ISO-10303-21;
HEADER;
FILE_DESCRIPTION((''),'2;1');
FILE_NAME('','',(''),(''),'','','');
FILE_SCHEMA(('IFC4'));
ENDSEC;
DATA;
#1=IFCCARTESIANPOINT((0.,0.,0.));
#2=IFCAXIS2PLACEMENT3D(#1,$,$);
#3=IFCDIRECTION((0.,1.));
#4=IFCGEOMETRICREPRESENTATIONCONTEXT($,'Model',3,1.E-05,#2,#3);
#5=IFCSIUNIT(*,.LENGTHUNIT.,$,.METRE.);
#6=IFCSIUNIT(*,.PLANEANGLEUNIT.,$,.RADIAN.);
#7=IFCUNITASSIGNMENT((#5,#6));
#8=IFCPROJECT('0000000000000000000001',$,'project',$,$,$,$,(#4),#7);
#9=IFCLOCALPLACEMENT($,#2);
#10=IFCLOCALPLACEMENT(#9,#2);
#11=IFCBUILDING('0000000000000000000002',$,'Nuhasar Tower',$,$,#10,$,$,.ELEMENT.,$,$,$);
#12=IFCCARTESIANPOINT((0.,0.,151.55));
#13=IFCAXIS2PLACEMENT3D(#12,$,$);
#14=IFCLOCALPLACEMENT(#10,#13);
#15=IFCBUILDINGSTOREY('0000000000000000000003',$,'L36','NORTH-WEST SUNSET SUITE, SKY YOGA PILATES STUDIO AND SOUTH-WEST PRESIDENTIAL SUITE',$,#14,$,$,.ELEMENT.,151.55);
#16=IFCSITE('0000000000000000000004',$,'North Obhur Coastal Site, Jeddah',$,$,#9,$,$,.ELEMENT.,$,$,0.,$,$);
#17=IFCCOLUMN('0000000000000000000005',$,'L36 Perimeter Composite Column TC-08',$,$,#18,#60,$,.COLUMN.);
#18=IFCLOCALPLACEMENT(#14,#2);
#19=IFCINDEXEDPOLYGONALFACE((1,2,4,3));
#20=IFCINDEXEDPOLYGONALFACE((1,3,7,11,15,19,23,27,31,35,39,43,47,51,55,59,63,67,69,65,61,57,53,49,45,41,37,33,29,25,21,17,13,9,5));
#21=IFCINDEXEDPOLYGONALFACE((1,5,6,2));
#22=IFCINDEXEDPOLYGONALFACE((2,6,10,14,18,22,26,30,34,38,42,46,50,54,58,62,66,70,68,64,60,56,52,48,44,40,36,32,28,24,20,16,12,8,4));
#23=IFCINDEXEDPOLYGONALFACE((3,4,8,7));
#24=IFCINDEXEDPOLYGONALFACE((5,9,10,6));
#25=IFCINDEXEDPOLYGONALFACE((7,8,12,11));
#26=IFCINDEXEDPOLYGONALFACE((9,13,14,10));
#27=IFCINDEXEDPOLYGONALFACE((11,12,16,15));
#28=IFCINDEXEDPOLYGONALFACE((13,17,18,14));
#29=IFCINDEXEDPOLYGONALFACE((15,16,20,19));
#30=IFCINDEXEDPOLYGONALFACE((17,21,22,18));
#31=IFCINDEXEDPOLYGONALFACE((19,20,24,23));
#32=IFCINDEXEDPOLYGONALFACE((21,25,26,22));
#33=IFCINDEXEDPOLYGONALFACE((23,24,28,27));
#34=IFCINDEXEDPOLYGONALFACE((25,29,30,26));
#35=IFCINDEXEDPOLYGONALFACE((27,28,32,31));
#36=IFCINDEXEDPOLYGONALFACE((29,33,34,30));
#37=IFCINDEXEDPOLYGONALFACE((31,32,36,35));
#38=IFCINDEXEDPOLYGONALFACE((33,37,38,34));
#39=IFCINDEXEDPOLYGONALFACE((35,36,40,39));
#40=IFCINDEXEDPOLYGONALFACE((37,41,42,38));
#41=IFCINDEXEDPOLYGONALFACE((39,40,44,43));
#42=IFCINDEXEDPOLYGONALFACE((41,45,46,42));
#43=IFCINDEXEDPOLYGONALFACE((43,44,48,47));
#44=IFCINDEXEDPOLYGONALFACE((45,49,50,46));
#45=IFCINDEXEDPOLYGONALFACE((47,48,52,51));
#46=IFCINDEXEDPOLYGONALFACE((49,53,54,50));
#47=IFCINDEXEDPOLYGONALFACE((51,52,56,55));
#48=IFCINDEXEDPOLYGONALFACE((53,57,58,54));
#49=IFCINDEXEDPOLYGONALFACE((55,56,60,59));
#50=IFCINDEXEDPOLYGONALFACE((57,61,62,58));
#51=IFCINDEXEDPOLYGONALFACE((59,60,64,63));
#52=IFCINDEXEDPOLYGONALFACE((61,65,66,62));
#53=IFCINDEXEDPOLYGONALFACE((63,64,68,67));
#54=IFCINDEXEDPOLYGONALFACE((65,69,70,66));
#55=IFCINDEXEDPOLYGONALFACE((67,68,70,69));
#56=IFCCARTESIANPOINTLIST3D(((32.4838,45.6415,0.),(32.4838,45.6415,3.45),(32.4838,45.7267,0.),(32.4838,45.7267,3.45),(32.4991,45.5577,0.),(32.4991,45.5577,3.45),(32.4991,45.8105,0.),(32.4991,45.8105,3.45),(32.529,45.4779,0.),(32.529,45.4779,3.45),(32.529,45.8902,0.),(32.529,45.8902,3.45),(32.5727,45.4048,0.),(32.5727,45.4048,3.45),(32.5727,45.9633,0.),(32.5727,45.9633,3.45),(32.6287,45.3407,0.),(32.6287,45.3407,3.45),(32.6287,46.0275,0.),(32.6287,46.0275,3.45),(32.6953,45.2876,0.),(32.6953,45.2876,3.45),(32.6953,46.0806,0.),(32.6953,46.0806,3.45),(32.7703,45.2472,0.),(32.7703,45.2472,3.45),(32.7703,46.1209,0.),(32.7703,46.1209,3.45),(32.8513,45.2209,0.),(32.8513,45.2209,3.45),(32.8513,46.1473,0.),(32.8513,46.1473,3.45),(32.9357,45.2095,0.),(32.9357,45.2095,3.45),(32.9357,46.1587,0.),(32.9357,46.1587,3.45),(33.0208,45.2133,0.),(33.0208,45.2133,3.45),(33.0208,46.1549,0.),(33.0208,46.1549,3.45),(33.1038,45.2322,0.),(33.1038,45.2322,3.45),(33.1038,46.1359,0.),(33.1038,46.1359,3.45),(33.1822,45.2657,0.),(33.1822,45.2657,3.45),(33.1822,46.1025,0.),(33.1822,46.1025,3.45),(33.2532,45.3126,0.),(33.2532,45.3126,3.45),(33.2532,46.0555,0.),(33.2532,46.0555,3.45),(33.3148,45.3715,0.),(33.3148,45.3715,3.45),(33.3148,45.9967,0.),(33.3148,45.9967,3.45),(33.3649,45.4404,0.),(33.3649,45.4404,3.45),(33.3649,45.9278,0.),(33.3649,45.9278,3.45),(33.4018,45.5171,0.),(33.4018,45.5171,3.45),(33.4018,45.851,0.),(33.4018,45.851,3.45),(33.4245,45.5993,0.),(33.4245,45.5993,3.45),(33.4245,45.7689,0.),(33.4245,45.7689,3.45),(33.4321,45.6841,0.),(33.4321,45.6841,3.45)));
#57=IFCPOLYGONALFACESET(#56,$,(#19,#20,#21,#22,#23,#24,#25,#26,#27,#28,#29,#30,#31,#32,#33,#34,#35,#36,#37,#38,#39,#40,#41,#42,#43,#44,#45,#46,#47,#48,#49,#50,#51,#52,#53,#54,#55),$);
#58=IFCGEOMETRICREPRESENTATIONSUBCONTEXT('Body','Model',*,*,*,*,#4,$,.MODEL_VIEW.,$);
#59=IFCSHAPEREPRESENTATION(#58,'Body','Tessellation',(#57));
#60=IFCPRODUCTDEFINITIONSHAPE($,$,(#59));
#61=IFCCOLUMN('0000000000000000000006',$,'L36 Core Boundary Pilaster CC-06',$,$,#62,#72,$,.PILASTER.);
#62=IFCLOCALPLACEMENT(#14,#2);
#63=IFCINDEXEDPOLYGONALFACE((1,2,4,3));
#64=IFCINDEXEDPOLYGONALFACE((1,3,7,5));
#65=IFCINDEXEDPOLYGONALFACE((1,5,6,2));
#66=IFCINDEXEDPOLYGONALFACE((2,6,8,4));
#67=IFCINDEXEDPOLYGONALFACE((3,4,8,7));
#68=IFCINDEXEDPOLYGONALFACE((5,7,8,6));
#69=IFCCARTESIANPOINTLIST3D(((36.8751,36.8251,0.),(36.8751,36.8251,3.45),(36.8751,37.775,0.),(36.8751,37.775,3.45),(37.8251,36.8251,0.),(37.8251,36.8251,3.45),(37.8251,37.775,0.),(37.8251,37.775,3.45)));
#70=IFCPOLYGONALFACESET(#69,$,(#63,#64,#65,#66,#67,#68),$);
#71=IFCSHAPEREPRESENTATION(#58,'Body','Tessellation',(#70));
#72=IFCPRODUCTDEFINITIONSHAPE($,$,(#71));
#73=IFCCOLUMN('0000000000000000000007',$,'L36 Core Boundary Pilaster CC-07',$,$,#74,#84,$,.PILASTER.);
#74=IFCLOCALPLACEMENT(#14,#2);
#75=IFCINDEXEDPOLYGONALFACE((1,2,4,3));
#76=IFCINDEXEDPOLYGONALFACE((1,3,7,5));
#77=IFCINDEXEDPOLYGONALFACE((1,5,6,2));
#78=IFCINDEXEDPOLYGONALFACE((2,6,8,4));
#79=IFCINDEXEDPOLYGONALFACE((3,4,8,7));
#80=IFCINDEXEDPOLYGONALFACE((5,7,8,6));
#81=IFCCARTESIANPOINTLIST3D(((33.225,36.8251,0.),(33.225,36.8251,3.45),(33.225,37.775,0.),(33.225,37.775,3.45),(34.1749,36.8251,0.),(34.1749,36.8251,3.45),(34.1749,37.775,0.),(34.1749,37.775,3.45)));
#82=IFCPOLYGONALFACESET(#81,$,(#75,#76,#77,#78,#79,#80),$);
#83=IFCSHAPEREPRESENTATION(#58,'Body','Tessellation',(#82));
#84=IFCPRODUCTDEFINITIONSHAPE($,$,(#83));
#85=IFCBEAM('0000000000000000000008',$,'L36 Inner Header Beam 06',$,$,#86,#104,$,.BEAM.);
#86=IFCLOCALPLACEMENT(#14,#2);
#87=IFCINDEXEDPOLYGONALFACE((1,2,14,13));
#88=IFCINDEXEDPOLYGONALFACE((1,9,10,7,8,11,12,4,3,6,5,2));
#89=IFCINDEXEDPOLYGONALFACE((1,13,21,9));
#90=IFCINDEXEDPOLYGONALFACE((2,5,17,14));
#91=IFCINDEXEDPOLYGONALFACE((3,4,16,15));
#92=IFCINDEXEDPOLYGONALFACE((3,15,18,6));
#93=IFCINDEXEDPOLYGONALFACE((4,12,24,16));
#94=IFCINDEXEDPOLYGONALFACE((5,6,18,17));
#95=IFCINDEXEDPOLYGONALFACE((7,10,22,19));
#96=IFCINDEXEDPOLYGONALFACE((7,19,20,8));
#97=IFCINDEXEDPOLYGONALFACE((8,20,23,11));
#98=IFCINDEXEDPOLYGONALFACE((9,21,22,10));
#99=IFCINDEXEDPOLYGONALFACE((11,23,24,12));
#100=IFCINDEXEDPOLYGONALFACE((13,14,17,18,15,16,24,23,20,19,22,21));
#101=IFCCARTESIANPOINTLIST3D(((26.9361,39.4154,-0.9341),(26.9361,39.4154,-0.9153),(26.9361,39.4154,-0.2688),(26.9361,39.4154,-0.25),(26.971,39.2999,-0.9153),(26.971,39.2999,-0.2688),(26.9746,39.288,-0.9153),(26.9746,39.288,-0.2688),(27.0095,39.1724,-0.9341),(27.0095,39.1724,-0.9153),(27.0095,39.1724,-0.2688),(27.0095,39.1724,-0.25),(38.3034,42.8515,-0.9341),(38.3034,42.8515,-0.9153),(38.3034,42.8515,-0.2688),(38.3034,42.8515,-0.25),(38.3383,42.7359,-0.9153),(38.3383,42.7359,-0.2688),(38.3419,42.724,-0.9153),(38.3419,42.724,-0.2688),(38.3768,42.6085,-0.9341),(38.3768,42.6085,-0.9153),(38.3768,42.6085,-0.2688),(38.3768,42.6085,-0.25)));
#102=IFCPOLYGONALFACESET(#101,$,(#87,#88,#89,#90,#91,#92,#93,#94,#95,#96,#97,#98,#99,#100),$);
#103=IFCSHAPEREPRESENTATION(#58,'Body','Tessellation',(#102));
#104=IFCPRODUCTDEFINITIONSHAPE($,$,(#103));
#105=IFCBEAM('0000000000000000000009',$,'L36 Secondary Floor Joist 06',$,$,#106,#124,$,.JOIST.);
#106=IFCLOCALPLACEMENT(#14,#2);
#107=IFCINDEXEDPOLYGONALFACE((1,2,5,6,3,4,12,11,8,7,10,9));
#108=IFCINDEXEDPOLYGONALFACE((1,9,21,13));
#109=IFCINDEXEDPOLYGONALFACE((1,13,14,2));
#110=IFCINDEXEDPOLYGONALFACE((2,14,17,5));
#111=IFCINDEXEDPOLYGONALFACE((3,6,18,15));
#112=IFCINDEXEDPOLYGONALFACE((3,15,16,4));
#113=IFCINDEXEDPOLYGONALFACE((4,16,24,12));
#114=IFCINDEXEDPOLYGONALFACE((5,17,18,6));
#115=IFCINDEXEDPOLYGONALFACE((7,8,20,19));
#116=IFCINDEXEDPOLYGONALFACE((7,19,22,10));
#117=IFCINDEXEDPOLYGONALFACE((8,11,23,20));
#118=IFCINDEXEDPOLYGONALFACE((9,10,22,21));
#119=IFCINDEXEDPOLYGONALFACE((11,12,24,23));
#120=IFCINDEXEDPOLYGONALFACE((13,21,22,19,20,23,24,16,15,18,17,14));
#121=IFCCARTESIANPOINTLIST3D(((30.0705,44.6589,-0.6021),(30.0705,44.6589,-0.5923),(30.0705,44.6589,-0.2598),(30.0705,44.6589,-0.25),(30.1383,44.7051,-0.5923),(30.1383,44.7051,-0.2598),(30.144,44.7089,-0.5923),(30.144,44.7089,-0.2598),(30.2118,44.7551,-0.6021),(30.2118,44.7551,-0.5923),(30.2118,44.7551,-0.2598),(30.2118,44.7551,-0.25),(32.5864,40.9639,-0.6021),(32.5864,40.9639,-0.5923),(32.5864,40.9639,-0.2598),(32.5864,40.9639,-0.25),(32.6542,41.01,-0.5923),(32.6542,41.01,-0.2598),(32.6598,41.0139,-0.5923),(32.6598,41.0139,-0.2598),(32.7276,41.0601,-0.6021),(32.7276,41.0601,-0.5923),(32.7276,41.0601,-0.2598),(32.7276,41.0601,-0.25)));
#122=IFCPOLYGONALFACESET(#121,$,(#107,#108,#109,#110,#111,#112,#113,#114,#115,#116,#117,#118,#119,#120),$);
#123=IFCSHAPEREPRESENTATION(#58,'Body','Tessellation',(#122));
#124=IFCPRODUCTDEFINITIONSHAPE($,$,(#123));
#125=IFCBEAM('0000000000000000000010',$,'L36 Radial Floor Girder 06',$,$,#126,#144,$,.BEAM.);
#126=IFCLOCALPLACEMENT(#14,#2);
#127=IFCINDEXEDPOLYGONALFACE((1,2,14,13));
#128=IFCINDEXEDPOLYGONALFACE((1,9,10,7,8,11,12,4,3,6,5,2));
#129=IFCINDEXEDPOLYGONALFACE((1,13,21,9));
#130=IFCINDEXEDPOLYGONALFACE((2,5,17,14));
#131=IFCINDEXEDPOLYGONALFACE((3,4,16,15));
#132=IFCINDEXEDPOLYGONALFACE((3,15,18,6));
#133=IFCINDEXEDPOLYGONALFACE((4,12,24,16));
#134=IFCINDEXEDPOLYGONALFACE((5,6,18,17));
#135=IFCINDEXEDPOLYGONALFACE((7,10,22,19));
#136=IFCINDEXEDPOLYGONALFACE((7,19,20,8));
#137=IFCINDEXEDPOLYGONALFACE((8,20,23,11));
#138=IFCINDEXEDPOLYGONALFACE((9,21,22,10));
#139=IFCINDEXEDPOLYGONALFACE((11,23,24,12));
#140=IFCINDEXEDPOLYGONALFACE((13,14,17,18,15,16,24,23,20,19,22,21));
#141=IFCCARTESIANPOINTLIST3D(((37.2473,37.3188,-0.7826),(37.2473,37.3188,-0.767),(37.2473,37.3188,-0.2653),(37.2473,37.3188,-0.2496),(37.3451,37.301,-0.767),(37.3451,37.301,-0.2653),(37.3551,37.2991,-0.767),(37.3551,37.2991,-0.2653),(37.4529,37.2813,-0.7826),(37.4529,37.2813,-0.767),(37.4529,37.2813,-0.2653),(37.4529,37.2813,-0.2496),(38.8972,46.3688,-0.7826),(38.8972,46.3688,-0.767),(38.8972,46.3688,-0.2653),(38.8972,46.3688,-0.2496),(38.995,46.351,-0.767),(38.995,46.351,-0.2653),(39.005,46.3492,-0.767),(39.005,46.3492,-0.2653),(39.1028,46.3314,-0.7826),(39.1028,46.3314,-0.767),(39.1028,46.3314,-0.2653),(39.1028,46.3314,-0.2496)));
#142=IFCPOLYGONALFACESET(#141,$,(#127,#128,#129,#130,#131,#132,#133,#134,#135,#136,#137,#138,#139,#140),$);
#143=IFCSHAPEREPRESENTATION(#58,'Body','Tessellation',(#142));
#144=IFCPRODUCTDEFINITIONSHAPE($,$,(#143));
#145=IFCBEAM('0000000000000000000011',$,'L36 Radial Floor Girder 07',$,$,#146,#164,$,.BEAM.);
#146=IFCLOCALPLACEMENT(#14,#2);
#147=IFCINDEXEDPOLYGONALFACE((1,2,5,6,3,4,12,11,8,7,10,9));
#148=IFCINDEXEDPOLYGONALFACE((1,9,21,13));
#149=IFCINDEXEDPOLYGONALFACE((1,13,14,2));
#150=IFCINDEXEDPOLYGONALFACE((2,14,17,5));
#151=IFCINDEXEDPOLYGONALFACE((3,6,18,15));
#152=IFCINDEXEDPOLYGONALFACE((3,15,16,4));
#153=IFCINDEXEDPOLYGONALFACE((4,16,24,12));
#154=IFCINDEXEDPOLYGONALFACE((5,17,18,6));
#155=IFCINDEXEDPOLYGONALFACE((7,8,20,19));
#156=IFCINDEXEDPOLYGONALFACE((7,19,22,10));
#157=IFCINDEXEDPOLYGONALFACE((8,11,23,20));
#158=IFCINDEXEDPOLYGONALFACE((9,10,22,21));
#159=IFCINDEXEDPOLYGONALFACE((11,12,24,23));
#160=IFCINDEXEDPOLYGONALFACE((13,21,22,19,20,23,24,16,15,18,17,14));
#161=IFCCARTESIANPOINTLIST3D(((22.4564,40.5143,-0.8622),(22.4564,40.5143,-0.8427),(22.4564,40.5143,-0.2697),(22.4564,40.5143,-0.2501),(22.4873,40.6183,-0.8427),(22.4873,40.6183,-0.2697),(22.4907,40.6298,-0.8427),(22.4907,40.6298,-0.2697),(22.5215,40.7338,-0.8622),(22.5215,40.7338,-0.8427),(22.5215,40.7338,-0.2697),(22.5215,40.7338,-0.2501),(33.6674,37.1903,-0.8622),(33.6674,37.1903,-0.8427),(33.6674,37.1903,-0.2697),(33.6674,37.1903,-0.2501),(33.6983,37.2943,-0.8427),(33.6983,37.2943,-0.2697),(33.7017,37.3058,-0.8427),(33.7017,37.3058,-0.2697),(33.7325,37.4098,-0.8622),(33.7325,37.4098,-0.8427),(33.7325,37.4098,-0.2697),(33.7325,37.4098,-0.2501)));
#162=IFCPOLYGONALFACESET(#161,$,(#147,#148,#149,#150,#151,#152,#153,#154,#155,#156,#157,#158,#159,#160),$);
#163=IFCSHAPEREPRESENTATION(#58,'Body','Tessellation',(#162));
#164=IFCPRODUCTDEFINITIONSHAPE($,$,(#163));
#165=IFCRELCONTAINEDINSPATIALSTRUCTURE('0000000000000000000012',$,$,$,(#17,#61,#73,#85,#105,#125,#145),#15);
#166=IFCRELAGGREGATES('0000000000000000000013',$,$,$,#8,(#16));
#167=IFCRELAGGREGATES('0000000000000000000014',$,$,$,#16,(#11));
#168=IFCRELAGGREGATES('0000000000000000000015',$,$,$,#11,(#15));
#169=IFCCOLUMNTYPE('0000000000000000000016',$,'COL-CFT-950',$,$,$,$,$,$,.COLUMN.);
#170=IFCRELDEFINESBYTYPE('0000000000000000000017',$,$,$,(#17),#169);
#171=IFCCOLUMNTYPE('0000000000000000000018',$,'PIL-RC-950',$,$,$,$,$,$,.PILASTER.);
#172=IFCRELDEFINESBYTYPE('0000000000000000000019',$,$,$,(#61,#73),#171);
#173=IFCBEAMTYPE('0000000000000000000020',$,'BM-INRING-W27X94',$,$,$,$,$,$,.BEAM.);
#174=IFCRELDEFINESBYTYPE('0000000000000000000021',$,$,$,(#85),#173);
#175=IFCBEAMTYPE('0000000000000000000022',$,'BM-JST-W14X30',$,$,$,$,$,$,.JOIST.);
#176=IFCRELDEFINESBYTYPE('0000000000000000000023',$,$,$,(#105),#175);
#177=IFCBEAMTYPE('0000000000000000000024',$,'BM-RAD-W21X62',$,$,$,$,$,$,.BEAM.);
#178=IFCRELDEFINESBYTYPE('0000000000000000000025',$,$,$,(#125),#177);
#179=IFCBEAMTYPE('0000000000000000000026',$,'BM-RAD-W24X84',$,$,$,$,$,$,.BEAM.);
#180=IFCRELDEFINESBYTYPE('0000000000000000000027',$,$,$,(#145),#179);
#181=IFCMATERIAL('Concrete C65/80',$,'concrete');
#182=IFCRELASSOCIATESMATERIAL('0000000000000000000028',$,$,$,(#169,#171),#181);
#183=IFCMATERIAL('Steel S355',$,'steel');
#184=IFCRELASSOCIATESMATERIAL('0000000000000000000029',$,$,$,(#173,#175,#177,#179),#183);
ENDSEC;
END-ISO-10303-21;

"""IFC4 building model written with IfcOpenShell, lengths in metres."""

from ifc_helpers import new_model, si_unit, direction, frame, origin, origin_2d, place, context, subcontext, project, spatial, rectangle, circle, i_section, extrude, material, material_profile, profile_set, type_object, element, save


model = new_model("IFC4")

# Units and contexts
model_context = context("Model", 3, precision=1e-05, world=origin(), true_north=direction((0.0, 1.0)))
body_context = subcontext(model_context, "Body", "Model", "MODEL_VIEW")
ifc_project = project(units=[si_unit("LENGTHUNIT", "METRE"), si_unit("PLANEANGLEUNIT", "RADIAN")], contexts=[model_context])

# Site, building, storey
site_placement = place(None, origin())
site = spatial("IfcSite", under=ifc_project, at=site_placement, Name="North Obhur Coastal Site, Jeddah", CompositionType="ELEMENT", RefElevation=0.0)
building_placement = place(site_placement, origin())
building = spatial("IfcBuilding", under=site, at=building_placement, Name="Nuhasar Tower", CompositionType="ELEMENT")
storey_placement = place(building_placement, frame((0.0, 0.0, 151.55)))
storey = spatial("IfcBuildingStorey", under=building, at=storey_placement, Name="L36", Description="NORTH-WEST SUNSET SUITE, SKY YOGA PILATES STUDIO AND SOUTH-WEST PRESIDENTIAL SUITE", CompositionType="ELEMENT", Elevation=151.55)

# Columns
ifc_material_1 = material(Name="Concrete C65/80", Category="concrete")
ifc_material_profile_1 = material_profile(ifc_material_1, circle(Radius=0.4751, at=origin_2d()), Name="CFT950")
ifc_profile_set_1 = profile_set([ifc_material_profile_1], Name="Concrete C65/80")
column_type_1 = type_object("IfcColumnType", Name="COL-CFT-950", PredefinedType="COLUMN", material=ifc_profile_set_1)
column_placement = place(storey_placement, frame((32.957, 45.6841, 0.0), z_axis=(0.0, 0.0, 1.0), x_axis=(1.0, 0.0, 0.0)))
element("IfcColumn", 1, at=column_placement, inside=storey, type_object=column_type_1, Name="L36 Perimeter Composite Column TC-08", PredefinedType="COLUMN", context=body_context, shape_type="SweptSolid", body=[
    extrude(circle(Radius=0.4751, at=origin_2d()), origin(), (0.0, 0.0, 1.0), 3.45),
])
ifc_material_profile_2 = material_profile(ifc_material_1, rectangle(XDim=0.95, YDim=0.95, at=origin_2d()), Name="RC950X950")
ifc_profile_set_2 = profile_set([ifc_material_profile_2], Name="Concrete C65/80")
column_type_2 = type_object("IfcColumnType", Name="PIL-RC-950", PredefinedType="PILASTER", material=ifc_profile_set_2)
for number, where, z_axis, x_axis, name in (
    (2, (37.3501, 37.3, 0.0), (0.0, 0.0, 1.0), (1.0, 0.0, 0.0), "L36 Core Boundary Pilaster CC-06"),
    (3, (33.7, 37.3, 0.0), (0.0, 0.0, 1.0), (1.0, 0.0, 0.0), "L36 Core Boundary Pilaster CC-07"),
):
    element("IfcColumn", number, at=place(storey_placement, frame(where, z_axis=z_axis, x_axis=x_axis)), inside=storey, type_object=column_type_2, Name=name, PredefinedType="PILASTER", context=body_context, shape_type="SweptSolid", body=[
        extrude(rectangle(XDim=0.95, YDim=0.95, at=origin_2d()), origin(), (0.0, 0.0, 1.0), 3.45),
    ])

# Beams
ifc_material_2 = material(Name="Steel S355", Category="steel")
ifc_material_profile_3 = material_profile(ifc_material_2, i_section(OverallWidth=0.2539, OverallDepth=0.6841, WebThickness=0.0125, FlangeThickness=0.0188, at=origin_2d()), Name="W27X94")
ifc_profile_set_3 = profile_set([ifc_material_profile_3], Name="Steel S355")
beam_type_1 = type_object("IfcBeamType", Name="BM-INRING-W27X94", PredefinedType="BEAM", material=ifc_profile_set_3)
beam_1_placement = place(storey_placement, frame((38.3401, 42.73, -0.592), z_axis=(-0.957224, -0.289347, 0.0), x_axis=(0.289347, -0.957224, 0.0)))
element("IfcBeam", 4, at=beam_1_placement, inside=storey, type_object=beam_type_1, Name="L36 Inner Header Beam 06", PredefinedType="BEAM", context=body_context, shape_type="SweptSolid", body=[
    extrude(i_section(OverallWidth=0.2539, OverallDepth=0.6841, WebThickness=0.0125, FlangeThickness=0.0188, at=origin_2d()), origin(), (0.0, 0.0, 1.0), 11.8752),
])
ifc_material_profile_4 = material_profile(ifc_material_2, i_section(OverallWidth=0.1709, OverallDepth=0.3521, WebThickness=0.0068, FlangeThickness=0.0098, at=origin_2d()), Name="W14X30")
ifc_profile_set_4 = profile_set([ifc_material_profile_4], Name="Steel S355")
beam_type_2 = type_object("IfcBeamType", Name="BM-JST-W14X30", PredefinedType="JOIST", material=ifc_profile_set_4)
beam_2_placement = place(storey_placement, frame((32.657, 41.012, -0.426), z_axis=(-0.562803, 0.826591, 0.0), x_axis=(-0.826591, -0.562803, 0.0)))
element("IfcBeam", 5, at=beam_2_placement, inside=storey, type_object=beam_type_2, Name="L36 Secondary Floor Joist 06", PredefinedType="JOIST", context=body_context, shape_type="SweptSolid", body=[
    extrude(i_section(OverallWidth=0.1709, OverallDepth=0.3521, WebThickness=0.0068, FlangeThickness=0.0098, at=origin_2d()), origin(), (0.0, 0.0, 1.0), 4.4702),
])
ifc_material_profile_5 = material_profile(ifc_material_2, i_section(OverallWidth=0.209, OverallDepth=0.533, WebThickness=0.0103, FlangeThickness=0.0156, at=origin_2d()), Name="W21X62")
ifc_profile_set_5 = profile_set([ifc_material_profile_5], Name="Steel S355")
beam_type_3 = type_object("IfcBeamType", Name="BM-RAD-W21X62", PredefinedType="BEAM", material=ifc_profile_set_5)
beam_3_placement = place(storey_placement, frame((37.3501, 37.3, -0.5161), z_axis=(0.179353, 0.983785, 0.0), x_axis=(-0.983785, 0.179353, 0.0)))
element("IfcBeam", 6, at=beam_3_placement, inside=storey, type_object=beam_type_3, Name="L36 Radial Floor Girder 06", PredefinedType="BEAM", context=body_context, shape_type="SweptSolid", body=[
    extrude(i_section(OverallWidth=0.209, OverallDepth=0.533, WebThickness=0.0103, FlangeThickness=0.0156, at=origin_2d()), origin(), (0.0, 0.0, 1.0), 9.1992),
])
ifc_material_profile_6 = material_profile(ifc_material_2, i_section(OverallWidth=0.229, OverallDepth=0.6121, WebThickness=0.012, FlangeThickness=0.0195, at=origin_2d()), Name="W24X84")
ifc_profile_set_6 = profile_set([ifc_material_profile_6], Name="Steel S355")
beam_type_4 = type_object("IfcBeamType", Name="BM-RAD-W24X84", PredefinedType="BEAM", material=ifc_profile_set_6)
beam_4_placement = place(storey_placement, frame((33.7, 37.3, -0.5562), z_axis=(-0.958746, 0.284262, 0.0), x_axis=(-0.284262, -0.958746, 0.0)))
element("IfcBeam", 7, at=beam_4_placement, inside=storey, type_object=beam_type_4, Name="L36 Radial Floor Girder 07", PredefinedType="BEAM", context=body_context, shape_type="SweptSolid", body=[
    extrude(i_section(OverallWidth=0.229, OverallDepth=0.6121, WebThickness=0.012, FlangeThickness=0.0195, at=origin_2d()), origin(), (0.0, 0.0, 1.0), 11.6934),
])

save(model, "model.ifc")
